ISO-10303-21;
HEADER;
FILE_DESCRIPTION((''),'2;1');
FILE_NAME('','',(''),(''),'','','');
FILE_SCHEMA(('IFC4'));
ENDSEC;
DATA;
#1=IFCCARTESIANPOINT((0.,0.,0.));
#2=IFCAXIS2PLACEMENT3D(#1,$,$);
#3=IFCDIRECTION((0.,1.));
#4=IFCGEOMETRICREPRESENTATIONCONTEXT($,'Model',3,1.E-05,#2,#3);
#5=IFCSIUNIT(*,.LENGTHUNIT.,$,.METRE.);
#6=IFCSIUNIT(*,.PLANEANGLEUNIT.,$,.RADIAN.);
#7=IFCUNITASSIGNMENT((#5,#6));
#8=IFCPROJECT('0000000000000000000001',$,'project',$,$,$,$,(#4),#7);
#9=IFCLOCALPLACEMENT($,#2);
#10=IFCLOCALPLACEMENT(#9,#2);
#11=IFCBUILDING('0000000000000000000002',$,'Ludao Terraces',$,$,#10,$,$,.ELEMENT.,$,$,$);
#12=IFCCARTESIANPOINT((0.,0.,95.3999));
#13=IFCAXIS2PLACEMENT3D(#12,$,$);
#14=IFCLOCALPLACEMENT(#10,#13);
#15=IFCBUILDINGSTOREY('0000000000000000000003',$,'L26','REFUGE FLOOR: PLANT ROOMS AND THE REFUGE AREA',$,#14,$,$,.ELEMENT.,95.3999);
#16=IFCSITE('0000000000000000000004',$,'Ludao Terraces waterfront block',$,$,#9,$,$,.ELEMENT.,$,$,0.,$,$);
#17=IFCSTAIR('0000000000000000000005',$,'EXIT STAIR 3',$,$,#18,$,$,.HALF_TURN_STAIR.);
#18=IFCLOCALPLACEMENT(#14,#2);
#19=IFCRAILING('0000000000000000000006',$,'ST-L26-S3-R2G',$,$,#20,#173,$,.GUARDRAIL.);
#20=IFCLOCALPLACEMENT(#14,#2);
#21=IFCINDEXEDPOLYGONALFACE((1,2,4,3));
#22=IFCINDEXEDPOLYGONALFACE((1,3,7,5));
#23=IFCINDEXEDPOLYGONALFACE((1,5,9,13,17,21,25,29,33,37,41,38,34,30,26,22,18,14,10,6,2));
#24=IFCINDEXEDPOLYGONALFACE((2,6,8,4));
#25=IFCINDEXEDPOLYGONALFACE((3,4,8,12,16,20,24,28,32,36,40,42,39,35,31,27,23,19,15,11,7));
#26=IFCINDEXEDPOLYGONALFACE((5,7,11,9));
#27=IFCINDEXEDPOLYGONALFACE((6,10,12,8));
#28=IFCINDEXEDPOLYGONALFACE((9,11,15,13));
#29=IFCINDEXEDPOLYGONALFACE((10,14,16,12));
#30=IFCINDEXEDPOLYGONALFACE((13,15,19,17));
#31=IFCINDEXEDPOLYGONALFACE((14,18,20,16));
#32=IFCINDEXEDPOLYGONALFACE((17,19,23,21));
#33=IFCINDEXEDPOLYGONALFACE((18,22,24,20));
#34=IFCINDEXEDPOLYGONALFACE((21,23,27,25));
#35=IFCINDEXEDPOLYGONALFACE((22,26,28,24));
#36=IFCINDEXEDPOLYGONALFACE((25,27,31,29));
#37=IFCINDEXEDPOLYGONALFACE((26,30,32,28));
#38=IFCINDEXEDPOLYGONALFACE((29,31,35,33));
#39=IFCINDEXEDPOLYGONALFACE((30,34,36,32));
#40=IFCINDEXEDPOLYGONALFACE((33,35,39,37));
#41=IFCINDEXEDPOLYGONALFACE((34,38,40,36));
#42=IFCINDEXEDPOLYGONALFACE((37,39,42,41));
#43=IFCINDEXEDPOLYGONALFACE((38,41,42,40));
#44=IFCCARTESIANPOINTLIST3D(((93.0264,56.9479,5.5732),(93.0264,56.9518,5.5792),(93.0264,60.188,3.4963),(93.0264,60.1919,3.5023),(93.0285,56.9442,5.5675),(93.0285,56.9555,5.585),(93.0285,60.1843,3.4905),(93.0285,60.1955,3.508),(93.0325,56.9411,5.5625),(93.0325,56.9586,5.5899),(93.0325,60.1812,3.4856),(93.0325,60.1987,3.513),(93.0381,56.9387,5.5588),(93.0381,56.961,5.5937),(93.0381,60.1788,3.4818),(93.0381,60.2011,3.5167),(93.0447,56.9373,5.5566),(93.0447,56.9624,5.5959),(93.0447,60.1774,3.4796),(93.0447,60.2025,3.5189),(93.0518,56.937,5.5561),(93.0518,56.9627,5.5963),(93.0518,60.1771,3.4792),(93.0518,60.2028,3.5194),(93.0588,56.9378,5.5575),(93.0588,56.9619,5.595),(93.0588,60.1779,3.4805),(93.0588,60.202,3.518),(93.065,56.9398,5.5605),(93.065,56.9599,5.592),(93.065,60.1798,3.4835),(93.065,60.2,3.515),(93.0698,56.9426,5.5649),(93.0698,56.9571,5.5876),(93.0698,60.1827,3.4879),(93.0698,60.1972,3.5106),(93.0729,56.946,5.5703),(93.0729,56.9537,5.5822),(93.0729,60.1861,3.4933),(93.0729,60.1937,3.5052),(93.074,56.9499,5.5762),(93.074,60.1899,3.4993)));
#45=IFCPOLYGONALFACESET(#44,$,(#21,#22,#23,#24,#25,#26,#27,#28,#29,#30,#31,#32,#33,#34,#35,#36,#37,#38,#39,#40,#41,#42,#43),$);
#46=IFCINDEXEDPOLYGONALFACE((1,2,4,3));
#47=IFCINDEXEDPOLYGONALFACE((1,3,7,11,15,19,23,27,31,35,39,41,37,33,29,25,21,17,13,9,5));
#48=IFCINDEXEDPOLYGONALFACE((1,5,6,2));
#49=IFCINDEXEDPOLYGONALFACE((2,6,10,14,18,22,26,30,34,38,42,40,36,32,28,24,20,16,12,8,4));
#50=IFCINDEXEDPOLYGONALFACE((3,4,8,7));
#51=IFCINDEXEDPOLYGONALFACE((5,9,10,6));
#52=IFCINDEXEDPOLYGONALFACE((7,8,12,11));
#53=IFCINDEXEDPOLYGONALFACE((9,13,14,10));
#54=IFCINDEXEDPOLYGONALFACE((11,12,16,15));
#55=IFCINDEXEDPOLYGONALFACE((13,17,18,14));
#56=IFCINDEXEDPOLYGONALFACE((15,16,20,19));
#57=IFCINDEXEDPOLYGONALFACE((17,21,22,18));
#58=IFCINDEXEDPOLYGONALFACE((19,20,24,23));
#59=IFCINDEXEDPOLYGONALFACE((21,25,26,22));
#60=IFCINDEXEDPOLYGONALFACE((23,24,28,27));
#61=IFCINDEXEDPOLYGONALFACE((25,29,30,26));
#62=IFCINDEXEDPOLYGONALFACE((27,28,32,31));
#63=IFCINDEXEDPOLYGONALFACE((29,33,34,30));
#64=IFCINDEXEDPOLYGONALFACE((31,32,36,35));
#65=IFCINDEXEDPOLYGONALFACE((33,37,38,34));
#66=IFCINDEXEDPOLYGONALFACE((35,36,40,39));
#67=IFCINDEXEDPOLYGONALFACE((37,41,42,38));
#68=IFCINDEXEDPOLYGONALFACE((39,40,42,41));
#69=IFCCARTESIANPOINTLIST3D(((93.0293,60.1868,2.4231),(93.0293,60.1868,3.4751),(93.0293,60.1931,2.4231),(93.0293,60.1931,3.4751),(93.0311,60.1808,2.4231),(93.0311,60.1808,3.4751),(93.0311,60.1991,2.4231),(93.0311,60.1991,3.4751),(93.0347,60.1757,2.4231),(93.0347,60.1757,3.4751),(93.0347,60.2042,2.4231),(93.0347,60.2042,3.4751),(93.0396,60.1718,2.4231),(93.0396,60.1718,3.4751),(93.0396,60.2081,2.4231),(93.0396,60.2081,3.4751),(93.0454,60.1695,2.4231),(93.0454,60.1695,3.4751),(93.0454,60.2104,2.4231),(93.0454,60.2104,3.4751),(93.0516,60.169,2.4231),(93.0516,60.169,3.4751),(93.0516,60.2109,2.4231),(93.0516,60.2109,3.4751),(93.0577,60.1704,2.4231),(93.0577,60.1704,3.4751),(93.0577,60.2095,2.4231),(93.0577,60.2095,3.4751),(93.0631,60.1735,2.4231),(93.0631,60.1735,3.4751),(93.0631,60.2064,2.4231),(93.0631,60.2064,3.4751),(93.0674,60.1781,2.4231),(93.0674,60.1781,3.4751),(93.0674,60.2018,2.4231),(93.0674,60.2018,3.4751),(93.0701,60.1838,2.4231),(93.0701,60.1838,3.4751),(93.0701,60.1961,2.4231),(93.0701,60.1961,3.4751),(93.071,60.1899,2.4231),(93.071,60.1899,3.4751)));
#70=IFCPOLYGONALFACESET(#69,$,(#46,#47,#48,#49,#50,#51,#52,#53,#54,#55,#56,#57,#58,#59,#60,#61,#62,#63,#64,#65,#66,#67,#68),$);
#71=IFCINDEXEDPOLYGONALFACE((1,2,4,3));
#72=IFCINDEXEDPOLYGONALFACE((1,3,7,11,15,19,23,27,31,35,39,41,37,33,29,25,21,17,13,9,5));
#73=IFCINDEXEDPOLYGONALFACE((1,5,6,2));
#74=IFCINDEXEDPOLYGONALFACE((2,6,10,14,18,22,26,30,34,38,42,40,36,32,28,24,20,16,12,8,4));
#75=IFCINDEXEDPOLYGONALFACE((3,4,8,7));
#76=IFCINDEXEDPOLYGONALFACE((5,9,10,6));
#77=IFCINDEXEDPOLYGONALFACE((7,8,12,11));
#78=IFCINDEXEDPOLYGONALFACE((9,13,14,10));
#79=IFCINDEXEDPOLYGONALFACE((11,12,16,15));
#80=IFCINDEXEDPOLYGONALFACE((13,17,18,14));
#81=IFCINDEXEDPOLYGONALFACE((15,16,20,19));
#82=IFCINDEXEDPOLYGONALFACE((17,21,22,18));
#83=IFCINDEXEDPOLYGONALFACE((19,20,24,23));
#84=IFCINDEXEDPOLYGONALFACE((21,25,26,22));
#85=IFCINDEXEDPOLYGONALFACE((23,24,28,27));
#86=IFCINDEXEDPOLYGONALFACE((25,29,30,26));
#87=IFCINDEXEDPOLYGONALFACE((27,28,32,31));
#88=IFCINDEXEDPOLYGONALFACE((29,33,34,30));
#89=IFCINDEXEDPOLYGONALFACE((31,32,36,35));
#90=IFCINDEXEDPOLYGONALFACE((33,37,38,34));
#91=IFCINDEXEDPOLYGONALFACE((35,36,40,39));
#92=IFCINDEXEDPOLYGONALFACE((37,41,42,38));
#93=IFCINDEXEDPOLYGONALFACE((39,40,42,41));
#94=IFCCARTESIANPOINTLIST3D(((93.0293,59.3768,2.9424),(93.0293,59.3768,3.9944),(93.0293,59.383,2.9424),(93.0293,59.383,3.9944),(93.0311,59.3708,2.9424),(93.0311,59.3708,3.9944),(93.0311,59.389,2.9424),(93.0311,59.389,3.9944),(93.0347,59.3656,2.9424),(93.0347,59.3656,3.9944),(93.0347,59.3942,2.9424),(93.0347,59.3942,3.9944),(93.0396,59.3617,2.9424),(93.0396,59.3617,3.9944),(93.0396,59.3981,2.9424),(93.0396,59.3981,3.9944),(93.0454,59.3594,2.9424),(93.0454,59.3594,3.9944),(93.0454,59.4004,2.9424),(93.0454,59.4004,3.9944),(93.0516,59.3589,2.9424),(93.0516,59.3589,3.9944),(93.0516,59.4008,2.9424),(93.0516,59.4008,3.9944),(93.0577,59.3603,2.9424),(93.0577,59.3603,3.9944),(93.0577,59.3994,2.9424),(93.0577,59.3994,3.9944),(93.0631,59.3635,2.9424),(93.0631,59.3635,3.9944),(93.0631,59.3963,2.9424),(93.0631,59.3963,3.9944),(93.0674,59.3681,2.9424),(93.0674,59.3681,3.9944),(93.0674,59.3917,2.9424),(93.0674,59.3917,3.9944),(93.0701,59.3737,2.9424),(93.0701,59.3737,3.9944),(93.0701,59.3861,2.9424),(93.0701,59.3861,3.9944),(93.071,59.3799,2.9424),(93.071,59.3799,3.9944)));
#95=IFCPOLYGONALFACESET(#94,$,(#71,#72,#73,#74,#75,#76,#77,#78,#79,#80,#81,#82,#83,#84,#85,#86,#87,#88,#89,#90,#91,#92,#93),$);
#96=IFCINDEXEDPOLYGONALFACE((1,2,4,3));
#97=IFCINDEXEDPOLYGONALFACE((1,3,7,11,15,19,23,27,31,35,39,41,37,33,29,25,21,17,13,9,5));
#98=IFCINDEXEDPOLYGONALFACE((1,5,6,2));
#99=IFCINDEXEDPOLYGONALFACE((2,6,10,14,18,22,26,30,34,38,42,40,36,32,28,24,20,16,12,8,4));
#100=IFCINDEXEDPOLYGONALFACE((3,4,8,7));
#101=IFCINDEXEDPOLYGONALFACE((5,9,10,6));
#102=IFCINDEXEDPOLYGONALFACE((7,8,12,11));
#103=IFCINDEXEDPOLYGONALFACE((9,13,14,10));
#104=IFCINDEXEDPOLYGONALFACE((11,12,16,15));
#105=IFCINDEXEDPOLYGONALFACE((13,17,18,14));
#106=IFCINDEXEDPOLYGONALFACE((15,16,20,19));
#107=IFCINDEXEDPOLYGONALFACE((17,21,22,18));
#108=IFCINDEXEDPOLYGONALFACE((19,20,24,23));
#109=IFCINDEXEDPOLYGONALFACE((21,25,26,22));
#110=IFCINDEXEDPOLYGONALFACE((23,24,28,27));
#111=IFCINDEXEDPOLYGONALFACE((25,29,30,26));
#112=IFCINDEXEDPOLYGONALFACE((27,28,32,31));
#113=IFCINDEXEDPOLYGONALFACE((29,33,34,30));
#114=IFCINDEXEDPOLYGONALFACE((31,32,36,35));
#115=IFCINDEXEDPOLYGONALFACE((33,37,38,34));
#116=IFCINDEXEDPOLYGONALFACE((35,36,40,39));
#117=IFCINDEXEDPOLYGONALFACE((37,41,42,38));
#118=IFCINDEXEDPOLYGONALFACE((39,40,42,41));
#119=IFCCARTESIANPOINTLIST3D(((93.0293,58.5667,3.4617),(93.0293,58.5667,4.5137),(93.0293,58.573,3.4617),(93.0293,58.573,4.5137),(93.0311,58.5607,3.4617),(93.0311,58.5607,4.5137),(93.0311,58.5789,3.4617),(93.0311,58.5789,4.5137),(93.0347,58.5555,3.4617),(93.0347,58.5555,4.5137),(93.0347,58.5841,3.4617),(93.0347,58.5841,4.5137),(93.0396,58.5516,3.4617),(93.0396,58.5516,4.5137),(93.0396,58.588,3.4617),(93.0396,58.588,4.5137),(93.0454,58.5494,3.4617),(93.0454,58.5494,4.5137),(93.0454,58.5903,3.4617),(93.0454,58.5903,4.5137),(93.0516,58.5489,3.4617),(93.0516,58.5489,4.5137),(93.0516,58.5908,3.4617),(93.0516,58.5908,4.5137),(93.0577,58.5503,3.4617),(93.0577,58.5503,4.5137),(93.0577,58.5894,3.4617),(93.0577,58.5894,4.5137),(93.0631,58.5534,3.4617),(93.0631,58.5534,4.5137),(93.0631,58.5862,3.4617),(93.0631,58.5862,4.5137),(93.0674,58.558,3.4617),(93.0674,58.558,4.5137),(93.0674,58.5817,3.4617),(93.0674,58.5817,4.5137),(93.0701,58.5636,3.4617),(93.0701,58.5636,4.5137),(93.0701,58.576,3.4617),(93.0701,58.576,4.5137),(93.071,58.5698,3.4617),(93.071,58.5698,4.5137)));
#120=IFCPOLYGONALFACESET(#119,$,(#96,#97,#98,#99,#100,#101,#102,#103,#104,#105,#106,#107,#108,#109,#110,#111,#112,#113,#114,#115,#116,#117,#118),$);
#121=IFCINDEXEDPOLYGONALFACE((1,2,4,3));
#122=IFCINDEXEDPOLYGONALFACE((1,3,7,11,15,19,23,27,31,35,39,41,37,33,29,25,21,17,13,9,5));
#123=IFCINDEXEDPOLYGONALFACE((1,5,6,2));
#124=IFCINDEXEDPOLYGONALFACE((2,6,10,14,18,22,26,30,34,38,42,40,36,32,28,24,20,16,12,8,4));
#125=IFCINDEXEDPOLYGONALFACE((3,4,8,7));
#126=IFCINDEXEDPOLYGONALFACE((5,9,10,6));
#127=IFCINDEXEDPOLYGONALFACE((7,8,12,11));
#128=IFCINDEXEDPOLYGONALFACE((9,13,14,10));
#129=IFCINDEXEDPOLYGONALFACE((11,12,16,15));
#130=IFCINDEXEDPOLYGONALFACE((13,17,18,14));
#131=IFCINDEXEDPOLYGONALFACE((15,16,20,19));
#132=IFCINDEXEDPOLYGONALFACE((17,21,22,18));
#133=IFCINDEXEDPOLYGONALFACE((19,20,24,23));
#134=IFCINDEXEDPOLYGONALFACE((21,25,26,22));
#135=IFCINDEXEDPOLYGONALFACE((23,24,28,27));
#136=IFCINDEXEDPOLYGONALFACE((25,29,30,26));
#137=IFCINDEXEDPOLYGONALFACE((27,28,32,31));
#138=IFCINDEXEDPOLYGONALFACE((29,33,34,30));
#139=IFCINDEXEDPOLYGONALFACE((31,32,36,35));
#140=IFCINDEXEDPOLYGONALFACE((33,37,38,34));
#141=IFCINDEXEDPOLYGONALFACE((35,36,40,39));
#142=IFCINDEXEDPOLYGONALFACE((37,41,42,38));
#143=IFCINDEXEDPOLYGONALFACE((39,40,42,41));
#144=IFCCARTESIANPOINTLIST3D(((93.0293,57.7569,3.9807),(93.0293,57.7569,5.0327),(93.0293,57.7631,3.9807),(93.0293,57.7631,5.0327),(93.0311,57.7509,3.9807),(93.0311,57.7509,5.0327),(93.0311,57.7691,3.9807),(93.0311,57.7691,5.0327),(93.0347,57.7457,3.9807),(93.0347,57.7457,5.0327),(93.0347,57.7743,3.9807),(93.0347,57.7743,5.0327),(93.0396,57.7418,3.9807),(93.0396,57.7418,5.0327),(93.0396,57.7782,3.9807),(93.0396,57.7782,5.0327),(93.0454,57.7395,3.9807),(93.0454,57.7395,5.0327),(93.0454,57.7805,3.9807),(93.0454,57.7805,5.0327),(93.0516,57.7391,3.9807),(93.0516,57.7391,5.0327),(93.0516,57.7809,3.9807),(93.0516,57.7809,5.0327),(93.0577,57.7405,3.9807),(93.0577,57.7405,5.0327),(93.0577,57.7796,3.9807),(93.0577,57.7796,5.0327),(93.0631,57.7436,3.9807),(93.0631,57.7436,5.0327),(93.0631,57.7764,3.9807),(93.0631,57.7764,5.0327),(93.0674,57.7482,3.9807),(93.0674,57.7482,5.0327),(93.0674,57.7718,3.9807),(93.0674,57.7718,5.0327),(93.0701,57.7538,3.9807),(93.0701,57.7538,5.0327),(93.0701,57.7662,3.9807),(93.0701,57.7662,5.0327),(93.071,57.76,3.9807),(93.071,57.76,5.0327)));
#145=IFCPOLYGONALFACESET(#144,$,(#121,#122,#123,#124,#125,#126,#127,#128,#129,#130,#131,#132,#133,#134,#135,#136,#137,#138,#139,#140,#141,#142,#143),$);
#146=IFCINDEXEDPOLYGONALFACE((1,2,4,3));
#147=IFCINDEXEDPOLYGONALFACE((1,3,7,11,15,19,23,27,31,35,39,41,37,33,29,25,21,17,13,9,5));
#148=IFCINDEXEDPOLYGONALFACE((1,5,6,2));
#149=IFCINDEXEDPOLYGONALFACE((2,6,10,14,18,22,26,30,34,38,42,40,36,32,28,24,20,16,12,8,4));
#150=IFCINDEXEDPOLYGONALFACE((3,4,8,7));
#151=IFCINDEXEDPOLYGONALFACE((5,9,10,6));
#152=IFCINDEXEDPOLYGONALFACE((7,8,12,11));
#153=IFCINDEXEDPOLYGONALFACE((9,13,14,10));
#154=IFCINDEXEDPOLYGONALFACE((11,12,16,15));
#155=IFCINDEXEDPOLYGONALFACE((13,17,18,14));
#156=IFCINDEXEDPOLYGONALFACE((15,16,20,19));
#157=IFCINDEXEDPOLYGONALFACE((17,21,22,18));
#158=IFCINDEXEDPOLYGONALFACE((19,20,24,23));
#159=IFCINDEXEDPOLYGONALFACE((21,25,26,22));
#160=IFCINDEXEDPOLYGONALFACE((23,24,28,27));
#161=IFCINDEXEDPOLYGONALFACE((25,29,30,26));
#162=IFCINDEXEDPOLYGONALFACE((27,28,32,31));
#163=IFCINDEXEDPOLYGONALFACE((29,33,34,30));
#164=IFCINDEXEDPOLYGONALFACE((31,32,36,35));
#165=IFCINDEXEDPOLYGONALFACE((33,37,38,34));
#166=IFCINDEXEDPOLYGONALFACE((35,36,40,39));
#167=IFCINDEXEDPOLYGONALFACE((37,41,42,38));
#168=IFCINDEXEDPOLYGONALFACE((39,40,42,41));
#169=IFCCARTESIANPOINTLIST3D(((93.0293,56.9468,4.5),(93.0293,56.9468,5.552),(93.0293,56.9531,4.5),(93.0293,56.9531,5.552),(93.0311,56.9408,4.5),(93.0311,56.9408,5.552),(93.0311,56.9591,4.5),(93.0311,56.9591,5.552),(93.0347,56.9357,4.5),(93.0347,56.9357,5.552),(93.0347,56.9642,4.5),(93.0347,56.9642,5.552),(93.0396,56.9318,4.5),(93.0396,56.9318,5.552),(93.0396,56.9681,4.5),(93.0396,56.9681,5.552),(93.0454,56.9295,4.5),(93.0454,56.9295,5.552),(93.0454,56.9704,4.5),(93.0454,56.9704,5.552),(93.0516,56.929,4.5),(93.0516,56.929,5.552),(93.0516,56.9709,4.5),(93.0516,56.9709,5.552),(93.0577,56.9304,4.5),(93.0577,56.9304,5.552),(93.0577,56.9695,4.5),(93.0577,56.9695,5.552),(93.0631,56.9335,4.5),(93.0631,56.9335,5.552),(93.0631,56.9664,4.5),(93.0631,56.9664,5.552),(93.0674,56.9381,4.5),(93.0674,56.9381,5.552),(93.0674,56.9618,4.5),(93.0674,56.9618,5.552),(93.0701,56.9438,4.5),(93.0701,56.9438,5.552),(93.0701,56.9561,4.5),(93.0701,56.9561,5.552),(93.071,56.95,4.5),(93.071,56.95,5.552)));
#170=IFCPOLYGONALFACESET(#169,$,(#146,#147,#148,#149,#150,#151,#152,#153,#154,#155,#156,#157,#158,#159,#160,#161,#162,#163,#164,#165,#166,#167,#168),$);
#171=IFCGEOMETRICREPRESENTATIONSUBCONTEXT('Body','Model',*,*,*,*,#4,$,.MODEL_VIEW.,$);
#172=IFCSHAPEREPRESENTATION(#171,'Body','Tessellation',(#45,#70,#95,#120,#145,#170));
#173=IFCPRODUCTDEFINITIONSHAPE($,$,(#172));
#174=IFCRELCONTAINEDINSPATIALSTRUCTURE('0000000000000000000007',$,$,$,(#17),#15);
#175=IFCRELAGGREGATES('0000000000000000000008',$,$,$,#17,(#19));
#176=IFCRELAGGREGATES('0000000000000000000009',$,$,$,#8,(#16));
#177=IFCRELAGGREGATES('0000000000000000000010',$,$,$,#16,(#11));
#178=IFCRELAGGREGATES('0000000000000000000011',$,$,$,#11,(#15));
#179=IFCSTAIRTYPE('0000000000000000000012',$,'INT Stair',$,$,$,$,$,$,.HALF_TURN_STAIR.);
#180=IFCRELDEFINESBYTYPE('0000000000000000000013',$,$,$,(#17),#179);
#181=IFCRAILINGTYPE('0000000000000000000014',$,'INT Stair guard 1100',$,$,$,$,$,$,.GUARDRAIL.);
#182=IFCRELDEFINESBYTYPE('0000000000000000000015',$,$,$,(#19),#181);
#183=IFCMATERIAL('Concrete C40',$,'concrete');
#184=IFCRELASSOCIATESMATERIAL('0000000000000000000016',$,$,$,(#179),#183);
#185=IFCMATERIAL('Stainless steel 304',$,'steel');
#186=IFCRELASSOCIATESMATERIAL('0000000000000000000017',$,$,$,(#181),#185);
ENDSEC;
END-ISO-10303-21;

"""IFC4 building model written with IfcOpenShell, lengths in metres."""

from ifc_helpers import new_model, si_unit, direction, frame, origin, origin_2d, place, context, subcontext, project, spatial, circle, extrude, material, type_object, element, aggregate, save


model = new_model("IFC4")

# Units and contexts
model_context = context("Model", 3, precision=1e-05, world=origin(), true_north=direction((0.0, 1.0)))
body_context = subcontext(model_context, "Body", "Model", "MODEL_VIEW")
ifc_project = project(units=[si_unit("LENGTHUNIT", "METRE"), si_unit("PLANEANGLEUNIT", "RADIAN")], contexts=[model_context])

# Site, building, storey
site_placement = place(None, origin())
site = spatial("IfcSite", under=ifc_project, at=site_placement, Name="Ludao Terraces waterfront block", CompositionType="ELEMENT", RefElevation=0.0)
building_placement = place(site_placement, origin())
building = spatial("IfcBuilding", under=site, at=building_placement, Name="Ludao Terraces", CompositionType="ELEMENT")
storey_placement = place(building_placement, frame((0.0, 0.0, 95.3999)))
storey = spatial("IfcBuildingStorey", under=building, at=storey_placement, Name="L26", Description="REFUGE FLOOR: PLANT ROOMS AND THE REFUGE AREA", CompositionType="ELEMENT", Elevation=95.3999)

# Stair, railing
ifc_material_1 = material(Name="Concrete C40", Category="concrete")
stair_type = type_object("IfcStairType", Name="INT Stair", PredefinedType="HALF_TURN_STAIR", material=ifc_material_1)
stair_placement = place(storey_placement, origin())
stair = element("IfcStair", 1, at=stair_placement, inside=storey, type_object=stair_type, Name="EXIT STAIR 3", PredefinedType="HALF_TURN_STAIR")
ifc_material_2 = material(Name="Stainless steel 304", Category="steel")
railing_type_1 = type_object("IfcRailingType", Name="INT Stair guard 1100", PredefinedType="GUARDRAIL", material=ifc_material_2)
railing_1_placement = place(storey_placement, frame((93.05, 60.1899, 2.4231)))
railing_1 = element("IfcRailing", 2, at=railing_1_placement, type_object=railing_type_1, Name="ST-L26-S3-R2G", PredefinedType="GUARDRAIL", context=body_context, shape_type="SweptSolid", body=[
    extrude(circle(Radius=0.0239, at=origin_2d()), frame((0.0, 0.0, 1.0762), z_axis=(0.0, -0.841881, 0.539664), x_axis=(1.0, 0.0, 0.0)), (0.0, 0.0, 1.0), 3.8486),
    extrude(circle(Radius=0.021, at=origin_2d()), origin(), (0.0, 0.0, 1.0), 1.052),
    extrude(circle(Radius=0.021, at=origin_2d()), frame((0.0, -0.8101, 0.5193)), (0.0, 0.0, 1.0), 1.052),
    extrude(circle(Radius=0.021, at=origin_2d()), frame((0.0, -1.6201, 1.0386)), (0.0, 0.0, 1.0), 1.052),
    extrude(circle(Radius=0.021, at=origin_2d()), frame((0.0, -2.4299, 1.5576)), (0.0, 0.0, 1.0), 1.052),
    extrude(circle(Radius=0.021, at=origin_2d()), frame((0.0, -3.24, 2.0769)), (0.0, 0.0, 1.0), 1.052),
])
aggregate(stair, [railing_1])

save(model, "model.ifc")
